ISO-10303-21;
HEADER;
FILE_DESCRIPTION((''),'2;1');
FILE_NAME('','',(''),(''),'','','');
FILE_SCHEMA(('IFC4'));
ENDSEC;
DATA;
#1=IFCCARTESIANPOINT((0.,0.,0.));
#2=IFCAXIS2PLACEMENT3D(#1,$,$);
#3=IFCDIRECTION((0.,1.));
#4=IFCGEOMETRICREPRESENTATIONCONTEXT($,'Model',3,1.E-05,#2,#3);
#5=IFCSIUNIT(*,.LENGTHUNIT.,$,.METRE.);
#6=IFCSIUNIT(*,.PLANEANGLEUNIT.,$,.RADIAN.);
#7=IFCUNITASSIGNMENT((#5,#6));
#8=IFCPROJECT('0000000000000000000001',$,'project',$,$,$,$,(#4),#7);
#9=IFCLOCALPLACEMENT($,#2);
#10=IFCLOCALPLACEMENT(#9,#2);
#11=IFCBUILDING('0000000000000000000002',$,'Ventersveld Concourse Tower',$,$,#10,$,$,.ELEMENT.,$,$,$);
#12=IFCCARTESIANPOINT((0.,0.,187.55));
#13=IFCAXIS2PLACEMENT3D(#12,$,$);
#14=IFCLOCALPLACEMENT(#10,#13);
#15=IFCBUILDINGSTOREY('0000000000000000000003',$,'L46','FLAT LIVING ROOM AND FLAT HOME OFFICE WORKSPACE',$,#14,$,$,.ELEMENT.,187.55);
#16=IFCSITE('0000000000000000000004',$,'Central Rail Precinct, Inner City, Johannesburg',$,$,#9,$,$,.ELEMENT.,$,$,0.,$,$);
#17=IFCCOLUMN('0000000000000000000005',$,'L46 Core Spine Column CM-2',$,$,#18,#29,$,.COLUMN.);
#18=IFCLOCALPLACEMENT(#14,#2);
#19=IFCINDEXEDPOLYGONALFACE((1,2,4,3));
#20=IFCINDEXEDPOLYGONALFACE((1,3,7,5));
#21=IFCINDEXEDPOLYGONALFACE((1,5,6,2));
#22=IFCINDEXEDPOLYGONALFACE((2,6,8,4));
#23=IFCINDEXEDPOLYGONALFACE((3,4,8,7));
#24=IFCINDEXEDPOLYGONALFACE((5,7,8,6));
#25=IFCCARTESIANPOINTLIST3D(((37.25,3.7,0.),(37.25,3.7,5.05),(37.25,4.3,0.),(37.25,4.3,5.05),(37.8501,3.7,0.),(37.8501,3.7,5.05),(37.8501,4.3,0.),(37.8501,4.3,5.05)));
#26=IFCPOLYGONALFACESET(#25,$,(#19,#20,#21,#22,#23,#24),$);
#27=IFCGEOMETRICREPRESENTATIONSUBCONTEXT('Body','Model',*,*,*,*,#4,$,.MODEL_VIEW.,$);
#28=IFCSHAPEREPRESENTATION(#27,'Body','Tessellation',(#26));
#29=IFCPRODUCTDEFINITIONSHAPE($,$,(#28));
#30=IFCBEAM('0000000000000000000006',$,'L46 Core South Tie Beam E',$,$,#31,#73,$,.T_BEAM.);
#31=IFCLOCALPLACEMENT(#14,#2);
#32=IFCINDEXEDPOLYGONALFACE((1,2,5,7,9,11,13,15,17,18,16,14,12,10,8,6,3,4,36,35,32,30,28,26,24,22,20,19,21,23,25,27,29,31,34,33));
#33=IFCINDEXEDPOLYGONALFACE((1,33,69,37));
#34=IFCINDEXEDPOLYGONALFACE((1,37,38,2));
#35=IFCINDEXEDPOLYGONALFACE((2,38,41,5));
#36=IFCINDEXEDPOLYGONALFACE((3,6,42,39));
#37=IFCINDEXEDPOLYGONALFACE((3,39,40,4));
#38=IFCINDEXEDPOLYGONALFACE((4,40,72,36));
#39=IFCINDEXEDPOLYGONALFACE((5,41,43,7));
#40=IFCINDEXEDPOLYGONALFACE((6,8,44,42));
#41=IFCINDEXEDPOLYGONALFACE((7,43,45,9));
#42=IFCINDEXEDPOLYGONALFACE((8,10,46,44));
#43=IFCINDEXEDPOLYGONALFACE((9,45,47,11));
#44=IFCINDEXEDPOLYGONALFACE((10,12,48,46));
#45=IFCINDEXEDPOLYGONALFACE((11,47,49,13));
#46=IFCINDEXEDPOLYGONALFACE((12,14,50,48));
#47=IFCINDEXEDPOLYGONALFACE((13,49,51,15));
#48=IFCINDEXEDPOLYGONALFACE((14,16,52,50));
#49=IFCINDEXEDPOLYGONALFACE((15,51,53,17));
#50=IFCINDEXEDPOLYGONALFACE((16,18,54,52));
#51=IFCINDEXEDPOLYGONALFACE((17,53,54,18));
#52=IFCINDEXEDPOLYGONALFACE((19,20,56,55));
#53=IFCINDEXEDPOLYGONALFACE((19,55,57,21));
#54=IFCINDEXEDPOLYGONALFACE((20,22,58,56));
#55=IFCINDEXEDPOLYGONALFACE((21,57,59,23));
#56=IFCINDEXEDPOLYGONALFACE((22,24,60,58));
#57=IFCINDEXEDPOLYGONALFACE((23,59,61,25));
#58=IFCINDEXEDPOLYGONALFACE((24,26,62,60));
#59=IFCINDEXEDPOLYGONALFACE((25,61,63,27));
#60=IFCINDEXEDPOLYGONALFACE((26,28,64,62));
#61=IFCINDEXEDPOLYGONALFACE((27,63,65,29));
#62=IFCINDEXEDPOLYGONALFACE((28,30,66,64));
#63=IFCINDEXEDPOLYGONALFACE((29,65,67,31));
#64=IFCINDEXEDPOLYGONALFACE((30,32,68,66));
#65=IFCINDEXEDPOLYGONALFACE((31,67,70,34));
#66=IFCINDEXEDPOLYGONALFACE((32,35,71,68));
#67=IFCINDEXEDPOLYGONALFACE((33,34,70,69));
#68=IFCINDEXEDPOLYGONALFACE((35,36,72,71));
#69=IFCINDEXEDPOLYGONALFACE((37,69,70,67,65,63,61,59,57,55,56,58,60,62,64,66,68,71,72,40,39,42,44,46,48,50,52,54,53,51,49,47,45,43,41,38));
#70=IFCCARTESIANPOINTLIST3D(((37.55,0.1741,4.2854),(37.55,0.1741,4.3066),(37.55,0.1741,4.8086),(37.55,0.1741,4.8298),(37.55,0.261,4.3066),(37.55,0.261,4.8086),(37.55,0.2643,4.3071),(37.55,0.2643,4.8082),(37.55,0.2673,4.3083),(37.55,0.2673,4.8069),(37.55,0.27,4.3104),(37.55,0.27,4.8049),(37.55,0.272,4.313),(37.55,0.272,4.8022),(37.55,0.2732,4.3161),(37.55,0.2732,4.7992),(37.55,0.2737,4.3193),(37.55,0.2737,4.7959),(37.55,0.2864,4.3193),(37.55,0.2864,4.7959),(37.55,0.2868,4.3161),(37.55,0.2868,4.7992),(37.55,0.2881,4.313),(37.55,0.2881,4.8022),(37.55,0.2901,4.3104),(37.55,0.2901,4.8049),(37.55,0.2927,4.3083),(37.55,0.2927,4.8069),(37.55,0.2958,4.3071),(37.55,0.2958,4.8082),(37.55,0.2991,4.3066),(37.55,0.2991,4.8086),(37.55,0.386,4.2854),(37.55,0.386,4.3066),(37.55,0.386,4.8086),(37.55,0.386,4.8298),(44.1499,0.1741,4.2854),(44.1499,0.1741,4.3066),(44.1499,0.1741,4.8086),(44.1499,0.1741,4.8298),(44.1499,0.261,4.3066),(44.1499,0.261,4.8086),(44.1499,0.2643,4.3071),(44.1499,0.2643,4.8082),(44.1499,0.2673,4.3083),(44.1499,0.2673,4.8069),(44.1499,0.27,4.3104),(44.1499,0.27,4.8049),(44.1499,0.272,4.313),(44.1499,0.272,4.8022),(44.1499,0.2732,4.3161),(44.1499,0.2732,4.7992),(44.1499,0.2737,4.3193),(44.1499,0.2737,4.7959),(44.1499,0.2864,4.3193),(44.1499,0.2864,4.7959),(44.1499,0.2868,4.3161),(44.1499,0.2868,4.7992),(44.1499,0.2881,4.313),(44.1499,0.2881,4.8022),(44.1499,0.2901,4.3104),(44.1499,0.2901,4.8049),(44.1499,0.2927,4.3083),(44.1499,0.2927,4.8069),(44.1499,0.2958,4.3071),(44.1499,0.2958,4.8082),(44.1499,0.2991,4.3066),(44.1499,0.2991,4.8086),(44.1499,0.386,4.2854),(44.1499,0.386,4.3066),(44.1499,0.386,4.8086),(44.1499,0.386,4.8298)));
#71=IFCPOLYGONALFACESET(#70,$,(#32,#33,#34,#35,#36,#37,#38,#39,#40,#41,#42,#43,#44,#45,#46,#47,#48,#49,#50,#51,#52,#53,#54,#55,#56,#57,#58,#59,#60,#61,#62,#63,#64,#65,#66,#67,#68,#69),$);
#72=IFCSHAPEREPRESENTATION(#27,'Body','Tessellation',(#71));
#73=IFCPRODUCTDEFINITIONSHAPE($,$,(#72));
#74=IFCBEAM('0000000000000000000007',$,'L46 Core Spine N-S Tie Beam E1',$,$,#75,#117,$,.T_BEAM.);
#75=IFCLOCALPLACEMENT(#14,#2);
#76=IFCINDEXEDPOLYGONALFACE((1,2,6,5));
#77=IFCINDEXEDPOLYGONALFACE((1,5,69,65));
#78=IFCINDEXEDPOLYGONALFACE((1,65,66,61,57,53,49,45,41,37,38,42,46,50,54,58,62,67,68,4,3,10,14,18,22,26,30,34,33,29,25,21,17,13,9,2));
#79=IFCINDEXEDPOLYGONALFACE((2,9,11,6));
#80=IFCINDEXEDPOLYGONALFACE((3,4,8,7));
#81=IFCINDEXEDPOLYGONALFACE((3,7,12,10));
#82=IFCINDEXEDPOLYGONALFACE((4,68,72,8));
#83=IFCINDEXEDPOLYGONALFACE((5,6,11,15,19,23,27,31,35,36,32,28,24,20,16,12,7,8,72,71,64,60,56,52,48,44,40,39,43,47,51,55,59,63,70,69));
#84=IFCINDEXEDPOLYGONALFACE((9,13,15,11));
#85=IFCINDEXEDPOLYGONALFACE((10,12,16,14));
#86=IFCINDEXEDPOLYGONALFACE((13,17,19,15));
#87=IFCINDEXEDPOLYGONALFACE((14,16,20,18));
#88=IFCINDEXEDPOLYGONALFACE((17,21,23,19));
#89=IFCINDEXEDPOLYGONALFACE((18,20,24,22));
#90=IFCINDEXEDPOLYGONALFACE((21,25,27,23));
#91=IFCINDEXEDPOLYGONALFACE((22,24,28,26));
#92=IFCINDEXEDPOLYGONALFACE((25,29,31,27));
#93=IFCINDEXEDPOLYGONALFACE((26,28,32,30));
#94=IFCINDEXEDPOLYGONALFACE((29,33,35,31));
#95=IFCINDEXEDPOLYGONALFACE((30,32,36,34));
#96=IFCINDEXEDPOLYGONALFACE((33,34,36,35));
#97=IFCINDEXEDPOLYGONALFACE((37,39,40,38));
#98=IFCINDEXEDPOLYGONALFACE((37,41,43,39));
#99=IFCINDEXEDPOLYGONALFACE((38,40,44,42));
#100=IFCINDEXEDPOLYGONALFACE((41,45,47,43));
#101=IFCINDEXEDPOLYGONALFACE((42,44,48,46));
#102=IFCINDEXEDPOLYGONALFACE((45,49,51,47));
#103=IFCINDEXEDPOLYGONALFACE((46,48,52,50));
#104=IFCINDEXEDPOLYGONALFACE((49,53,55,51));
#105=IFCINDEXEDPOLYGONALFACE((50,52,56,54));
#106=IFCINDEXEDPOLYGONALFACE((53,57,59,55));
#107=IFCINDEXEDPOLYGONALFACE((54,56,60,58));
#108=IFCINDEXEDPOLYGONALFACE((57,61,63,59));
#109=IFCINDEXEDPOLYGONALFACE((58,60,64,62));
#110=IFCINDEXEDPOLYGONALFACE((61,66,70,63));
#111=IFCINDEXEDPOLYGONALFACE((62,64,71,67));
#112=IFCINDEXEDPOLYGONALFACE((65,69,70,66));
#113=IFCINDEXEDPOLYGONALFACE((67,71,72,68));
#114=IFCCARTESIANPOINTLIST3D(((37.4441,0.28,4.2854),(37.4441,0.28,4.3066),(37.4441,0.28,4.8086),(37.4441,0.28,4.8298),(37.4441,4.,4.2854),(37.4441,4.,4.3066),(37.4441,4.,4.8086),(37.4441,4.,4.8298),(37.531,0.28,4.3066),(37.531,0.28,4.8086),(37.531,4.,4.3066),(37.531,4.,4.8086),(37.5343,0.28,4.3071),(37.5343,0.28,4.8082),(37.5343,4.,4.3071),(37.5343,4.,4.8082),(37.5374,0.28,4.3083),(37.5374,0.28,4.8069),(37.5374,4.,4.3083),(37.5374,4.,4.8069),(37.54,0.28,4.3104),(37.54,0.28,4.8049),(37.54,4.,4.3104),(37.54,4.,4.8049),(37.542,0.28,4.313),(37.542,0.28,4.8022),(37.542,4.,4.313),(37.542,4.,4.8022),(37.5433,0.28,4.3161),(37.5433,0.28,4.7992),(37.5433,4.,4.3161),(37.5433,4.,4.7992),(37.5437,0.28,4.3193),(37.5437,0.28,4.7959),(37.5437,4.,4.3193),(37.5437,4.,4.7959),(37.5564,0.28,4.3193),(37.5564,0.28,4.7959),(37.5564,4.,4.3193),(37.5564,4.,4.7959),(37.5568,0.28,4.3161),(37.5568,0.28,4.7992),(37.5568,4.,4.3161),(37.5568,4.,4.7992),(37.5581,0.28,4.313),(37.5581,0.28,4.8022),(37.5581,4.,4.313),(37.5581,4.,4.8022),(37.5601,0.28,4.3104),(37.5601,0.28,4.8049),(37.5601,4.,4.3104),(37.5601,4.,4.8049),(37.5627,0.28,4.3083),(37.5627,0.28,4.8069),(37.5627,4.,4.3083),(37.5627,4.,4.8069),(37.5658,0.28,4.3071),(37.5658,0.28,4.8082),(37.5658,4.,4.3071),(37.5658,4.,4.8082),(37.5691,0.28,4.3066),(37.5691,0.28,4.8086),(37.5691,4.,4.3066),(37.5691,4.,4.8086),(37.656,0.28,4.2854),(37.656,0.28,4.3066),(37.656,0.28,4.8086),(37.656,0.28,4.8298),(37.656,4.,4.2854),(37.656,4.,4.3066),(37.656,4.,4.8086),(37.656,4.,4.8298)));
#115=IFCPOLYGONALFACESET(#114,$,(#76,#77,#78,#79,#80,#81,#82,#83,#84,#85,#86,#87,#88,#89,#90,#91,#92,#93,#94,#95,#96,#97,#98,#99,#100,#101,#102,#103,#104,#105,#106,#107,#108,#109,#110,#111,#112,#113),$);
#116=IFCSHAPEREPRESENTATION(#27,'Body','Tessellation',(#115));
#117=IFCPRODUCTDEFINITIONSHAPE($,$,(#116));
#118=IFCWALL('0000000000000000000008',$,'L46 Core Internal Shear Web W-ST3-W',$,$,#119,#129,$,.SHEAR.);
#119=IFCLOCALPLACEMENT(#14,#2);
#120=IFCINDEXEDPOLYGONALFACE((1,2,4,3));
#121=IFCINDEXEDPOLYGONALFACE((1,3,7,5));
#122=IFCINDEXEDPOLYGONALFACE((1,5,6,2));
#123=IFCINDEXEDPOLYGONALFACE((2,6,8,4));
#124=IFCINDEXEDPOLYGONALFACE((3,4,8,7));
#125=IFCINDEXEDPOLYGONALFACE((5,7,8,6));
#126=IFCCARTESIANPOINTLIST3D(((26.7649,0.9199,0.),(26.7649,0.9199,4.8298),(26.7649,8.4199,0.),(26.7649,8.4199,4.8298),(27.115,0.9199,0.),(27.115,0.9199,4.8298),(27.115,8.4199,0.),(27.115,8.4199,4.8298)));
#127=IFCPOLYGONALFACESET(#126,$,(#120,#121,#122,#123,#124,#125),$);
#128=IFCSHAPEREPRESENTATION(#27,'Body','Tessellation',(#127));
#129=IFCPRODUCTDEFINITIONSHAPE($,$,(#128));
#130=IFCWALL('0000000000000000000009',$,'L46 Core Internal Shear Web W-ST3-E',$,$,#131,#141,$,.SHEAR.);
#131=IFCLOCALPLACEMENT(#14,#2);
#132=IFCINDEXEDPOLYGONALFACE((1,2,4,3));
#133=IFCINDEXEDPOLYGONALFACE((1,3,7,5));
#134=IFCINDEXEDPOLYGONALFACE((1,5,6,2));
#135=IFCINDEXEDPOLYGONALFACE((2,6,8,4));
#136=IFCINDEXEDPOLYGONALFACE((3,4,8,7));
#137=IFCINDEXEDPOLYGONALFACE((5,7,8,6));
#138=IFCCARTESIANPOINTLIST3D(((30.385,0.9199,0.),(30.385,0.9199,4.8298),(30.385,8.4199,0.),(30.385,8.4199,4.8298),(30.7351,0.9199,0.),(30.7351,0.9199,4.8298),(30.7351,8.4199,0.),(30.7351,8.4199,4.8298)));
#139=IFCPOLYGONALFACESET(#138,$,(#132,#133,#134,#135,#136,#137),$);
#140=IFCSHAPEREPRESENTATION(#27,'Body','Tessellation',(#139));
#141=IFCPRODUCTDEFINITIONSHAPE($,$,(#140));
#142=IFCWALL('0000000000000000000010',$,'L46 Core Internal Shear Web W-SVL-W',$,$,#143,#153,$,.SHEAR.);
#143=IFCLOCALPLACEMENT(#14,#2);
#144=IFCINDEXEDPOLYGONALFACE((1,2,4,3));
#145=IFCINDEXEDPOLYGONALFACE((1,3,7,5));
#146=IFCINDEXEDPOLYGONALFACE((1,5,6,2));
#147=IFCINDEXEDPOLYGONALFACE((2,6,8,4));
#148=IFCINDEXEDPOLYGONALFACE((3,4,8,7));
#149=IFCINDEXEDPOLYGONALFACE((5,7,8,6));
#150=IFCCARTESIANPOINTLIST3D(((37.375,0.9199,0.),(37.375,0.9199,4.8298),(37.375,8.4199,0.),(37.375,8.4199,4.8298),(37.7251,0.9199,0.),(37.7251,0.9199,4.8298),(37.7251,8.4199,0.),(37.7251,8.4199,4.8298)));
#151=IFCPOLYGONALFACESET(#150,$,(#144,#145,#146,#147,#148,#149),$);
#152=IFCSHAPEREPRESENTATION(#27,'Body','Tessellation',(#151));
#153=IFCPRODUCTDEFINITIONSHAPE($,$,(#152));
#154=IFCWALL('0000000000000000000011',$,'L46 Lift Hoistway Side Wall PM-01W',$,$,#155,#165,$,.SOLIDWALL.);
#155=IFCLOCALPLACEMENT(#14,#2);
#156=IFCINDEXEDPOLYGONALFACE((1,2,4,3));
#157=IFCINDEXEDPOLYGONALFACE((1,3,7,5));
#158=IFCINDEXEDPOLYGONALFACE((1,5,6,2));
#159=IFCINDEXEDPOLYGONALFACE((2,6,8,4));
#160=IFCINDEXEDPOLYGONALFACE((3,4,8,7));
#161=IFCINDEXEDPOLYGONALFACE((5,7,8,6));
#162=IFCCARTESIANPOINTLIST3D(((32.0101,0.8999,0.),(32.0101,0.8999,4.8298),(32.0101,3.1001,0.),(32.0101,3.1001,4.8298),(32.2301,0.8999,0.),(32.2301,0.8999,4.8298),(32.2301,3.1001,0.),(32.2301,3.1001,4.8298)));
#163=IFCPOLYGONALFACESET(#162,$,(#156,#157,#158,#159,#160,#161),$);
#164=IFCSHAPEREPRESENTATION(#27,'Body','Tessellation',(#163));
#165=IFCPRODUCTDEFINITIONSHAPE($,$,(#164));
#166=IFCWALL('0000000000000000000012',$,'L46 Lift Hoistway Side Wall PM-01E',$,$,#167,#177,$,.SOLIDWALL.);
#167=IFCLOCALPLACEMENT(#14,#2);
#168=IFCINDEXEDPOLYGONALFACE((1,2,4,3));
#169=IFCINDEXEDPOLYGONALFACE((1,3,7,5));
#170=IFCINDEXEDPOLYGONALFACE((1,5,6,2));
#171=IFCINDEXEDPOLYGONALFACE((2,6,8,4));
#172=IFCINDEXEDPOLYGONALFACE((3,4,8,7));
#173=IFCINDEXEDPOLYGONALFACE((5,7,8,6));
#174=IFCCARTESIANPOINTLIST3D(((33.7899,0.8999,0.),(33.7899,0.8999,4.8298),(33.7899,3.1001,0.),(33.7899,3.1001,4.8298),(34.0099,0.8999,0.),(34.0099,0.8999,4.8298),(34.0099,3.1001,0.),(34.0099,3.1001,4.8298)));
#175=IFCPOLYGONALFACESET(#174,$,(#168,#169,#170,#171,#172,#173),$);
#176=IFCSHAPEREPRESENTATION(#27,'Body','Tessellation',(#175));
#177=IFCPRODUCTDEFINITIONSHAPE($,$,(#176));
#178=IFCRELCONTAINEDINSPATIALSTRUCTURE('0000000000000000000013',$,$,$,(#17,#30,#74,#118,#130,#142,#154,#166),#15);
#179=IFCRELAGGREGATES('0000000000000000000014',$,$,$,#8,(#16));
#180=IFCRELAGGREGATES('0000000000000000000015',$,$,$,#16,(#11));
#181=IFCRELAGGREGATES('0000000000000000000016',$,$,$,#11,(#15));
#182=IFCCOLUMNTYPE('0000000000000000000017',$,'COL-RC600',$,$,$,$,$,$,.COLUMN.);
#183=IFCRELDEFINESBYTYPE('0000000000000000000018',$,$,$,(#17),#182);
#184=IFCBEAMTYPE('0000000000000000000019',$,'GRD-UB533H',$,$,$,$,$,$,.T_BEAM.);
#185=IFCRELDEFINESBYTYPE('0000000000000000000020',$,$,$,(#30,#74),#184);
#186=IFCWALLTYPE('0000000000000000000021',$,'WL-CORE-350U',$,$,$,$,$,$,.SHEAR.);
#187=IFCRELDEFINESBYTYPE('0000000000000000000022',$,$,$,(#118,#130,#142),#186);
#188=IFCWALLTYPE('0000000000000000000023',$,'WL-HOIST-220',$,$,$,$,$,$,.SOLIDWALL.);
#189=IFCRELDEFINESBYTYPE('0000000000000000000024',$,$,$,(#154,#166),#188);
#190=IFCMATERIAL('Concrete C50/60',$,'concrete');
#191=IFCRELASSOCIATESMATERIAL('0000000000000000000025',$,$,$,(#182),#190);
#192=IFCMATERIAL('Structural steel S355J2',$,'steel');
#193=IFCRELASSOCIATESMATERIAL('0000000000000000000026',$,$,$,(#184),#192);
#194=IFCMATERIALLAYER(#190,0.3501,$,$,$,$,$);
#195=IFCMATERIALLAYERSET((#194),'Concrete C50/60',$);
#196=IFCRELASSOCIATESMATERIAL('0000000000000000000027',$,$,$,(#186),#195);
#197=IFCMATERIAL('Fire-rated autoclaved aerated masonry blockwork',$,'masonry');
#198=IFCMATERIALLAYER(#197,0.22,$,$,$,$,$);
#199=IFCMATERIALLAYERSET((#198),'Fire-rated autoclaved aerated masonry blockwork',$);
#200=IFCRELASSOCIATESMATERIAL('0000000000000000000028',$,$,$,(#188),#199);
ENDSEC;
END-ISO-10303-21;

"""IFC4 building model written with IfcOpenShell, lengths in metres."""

from ifc_helpers import new_model, si_unit, direction, frame, frame_2d, origin, origin_2d, place, context, subcontext, project, spatial, rectangle, i_section, extrude, material, layer, layer_set, material_profile, profile_set, type_object, element, save


model = new_model("IFC4")

# Units and contexts
model_context = context("Model", 3, precision=1e-05, world=origin(), true_north=direction((0.0, 1.0)))
body_context = subcontext(model_context, "Body", "Model", "MODEL_VIEW")
ifc_project = project(units=[si_unit("LENGTHUNIT", "METRE"), si_unit("PLANEANGLEUNIT", "RADIAN")], contexts=[model_context])

# Site, building, storey
site_placement = place(None, origin())
site = spatial("IfcSite", under=ifc_project, at=site_placement, Name="Central Rail Precinct, Inner City, Johannesburg", CompositionType="ELEMENT", RefElevation=0.0)
building_placement = place(site_placement, origin())
building = spatial("IfcBuilding", under=site, at=building_placement, Name="Ventersveld Concourse Tower", CompositionType="ELEMENT")
storey_placement = place(building_placement, frame((0.0, 0.0, 187.55)))
storey = spatial("IfcBuildingStorey", under=building, at=storey_placement, Name="L46", Description="FLAT LIVING ROOM AND FLAT HOME OFFICE WORKSPACE", CompositionType="ELEMENT", Elevation=187.55)

# Column
ifc_material_1 = material(Name="Concrete C50/60", Category="concrete")
ifc_material_profile_1 = material_profile(ifc_material_1, rectangle(XDim=0.6001, YDim=0.6001, at=origin_2d()), Name="RC 600x600")
ifc_profile_set_1 = profile_set([ifc_material_profile_1], Name="Concrete C50/60")
column_type = type_object("IfcColumnType", Name="COL-RC600", PredefinedType="COLUMN", material=ifc_profile_set_1)
column_placement = place(storey_placement, frame((37.55, 4.0, 0.0), z_axis=(0.0, 0.0, 1.0), x_axis=(1.0, 0.0, 0.0)))
element("IfcColumn", 1, at=column_placement, inside=storey, type_object=column_type, Name="L46 Core Spine Column CM-2", PredefinedType="COLUMN", context=body_context, shape_type="SweptSolid", body=[
    extrude(rectangle(XDim=0.6001, YDim=0.6001, at=origin_2d()), origin(), (0.0, 0.0, 1.0), 5.05),
])

# Beams
ifc_material_2 = material(Name="Structural steel S355J2", Category="steel")
ifc_material_profile_2 = material_profile(ifc_material_2, i_section(OverallWidth=0.2119, OverallDepth=0.5444, WebThickness=0.0127, FlangeThickness=0.0212, FilletRadius=0.0127, at=origin_2d()), Name="UB 533x210x122")
ifc_profile_set_2 = profile_set([ifc_material_profile_2], Name="Structural steel S355J2")
beam_type = type_object("IfcBeamType", Name="GRD-UB533H", PredefinedType="T_BEAM", material=ifc_profile_set_2)
beam_1_placement = place(storey_placement, frame((37.55, 0.28, 4.5576), z_axis=(1.0, 0.0, 0.0), x_axis=(0.0, 1.0, 0.0)))
element("IfcBeam", 2, at=beam_1_placement, inside=storey, type_object=beam_type, Name="L46 Core South Tie Beam E", PredefinedType="T_BEAM", context=body_context, shape_type="SweptSolid", body=[
    extrude(i_section(OverallWidth=0.2119, OverallDepth=0.5444, WebThickness=0.0127, FlangeThickness=0.0212, FilletRadius=0.0127, at=origin_2d()), origin(), (0.0, 0.0, 1.0), 6.5999),
])
beam_2_placement = place(storey_placement, frame((37.55, 0.28, 4.5576), z_axis=(0.0, 1.0, 0.0), x_axis=(-1.0, 0.0, 0.0)))
element("IfcBeam", 3, at=beam_2_placement, inside=storey, type_object=beam_type, Name="L46 Core Spine N-S Tie Beam E1", PredefinedType="T_BEAM", context=body_context, shape_type="SweptSolid", body=[
    extrude(i_section(OverallWidth=0.2119, OverallDepth=0.5444, WebThickness=0.0127, FlangeThickness=0.0212, FilletRadius=0.0127, at=origin_2d()), origin(), (0.0, 0.0, 1.0), 3.72),
])

# Walls
ifc_layer_1 = layer(ifc_material_1, 0.3501)
ifc_layer_set_1 = layer_set([ifc_layer_1], Name="Concrete C50/60")
wall_type_1 = type_object("IfcWallType", Name="WL-CORE-350U", PredefinedType="SHEAR", material=ifc_layer_set_1)
for number, where, z_axis, x_axis, name in (
    (4, (26.9399, 0.9199, 0.0), (0.0, 0.0, 1.0), (0.0, 1.0, 0.0), "L46 Core Internal Shear Web W-ST3-W"),
    (5, (30.5601, 0.9199, 0.0), (0.0, 0.0, 1.0), (0.0, 1.0, 0.0), "L46 Core Internal Shear Web W-ST3-E"),
    (6, (37.55, 0.9199, 0.0), (0.0, 0.0, 1.0), (0.0, 1.0, 0.0), "L46 Core Internal Shear Web W-SVL-W"),
):
    element("IfcWall", number, at=place(storey_placement, frame(where, z_axis=z_axis, x_axis=x_axis)), inside=storey, type_object=wall_type_1, Name=name, PredefinedType="SHEAR", context=body_context, shape_type="SweptSolid", body=[
        extrude(rectangle(XDim=7.5, YDim=0.3501, at=frame_2d((3.75, 0.0))), origin(), (0.0, 0.0, 1.0), 4.8298),
    ])
ifc_material_3 = material(Name="Fire-rated autoclaved aerated masonry blockwork", Category="masonry")
ifc_layer_2 = layer(ifc_material_3, 0.22)
ifc_layer_set_2 = layer_set([ifc_layer_2], Name="Fire-rated autoclaved aerated masonry blockwork")
wall_type_2 = type_object("IfcWallType", Name="WL-HOIST-220", PredefinedType="SOLIDWALL", material=ifc_layer_set_2)
for number, where, z_axis, x_axis, name in (
    (7, (32.1201, 0.8999, 0.0), (0.0, 0.0, 1.0), (0.0, 1.0, 0.0), "L46 Lift Hoistway Side Wall PM-01W"),
    (8, (33.8999, 0.8999, 0.0), (0.0, 0.0, 1.0), (0.0, 1.0, 0.0), "L46 Lift Hoistway Side Wall PM-01E"),
):
    element("IfcWall", number, at=place(storey_placement, frame(where, z_axis=z_axis, x_axis=x_axis)), inside=storey, type_object=wall_type_2, Name=name, PredefinedType="SOLIDWALL", context=body_context, shape_type="SweptSolid", body=[
        extrude(rectangle(XDim=2.2002, YDim=0.22, at=frame_2d((1.1001, 0.0))), origin(), (0.0, 0.0, 1.0), 4.8298),
    ])

save(model, "model.ifc")
